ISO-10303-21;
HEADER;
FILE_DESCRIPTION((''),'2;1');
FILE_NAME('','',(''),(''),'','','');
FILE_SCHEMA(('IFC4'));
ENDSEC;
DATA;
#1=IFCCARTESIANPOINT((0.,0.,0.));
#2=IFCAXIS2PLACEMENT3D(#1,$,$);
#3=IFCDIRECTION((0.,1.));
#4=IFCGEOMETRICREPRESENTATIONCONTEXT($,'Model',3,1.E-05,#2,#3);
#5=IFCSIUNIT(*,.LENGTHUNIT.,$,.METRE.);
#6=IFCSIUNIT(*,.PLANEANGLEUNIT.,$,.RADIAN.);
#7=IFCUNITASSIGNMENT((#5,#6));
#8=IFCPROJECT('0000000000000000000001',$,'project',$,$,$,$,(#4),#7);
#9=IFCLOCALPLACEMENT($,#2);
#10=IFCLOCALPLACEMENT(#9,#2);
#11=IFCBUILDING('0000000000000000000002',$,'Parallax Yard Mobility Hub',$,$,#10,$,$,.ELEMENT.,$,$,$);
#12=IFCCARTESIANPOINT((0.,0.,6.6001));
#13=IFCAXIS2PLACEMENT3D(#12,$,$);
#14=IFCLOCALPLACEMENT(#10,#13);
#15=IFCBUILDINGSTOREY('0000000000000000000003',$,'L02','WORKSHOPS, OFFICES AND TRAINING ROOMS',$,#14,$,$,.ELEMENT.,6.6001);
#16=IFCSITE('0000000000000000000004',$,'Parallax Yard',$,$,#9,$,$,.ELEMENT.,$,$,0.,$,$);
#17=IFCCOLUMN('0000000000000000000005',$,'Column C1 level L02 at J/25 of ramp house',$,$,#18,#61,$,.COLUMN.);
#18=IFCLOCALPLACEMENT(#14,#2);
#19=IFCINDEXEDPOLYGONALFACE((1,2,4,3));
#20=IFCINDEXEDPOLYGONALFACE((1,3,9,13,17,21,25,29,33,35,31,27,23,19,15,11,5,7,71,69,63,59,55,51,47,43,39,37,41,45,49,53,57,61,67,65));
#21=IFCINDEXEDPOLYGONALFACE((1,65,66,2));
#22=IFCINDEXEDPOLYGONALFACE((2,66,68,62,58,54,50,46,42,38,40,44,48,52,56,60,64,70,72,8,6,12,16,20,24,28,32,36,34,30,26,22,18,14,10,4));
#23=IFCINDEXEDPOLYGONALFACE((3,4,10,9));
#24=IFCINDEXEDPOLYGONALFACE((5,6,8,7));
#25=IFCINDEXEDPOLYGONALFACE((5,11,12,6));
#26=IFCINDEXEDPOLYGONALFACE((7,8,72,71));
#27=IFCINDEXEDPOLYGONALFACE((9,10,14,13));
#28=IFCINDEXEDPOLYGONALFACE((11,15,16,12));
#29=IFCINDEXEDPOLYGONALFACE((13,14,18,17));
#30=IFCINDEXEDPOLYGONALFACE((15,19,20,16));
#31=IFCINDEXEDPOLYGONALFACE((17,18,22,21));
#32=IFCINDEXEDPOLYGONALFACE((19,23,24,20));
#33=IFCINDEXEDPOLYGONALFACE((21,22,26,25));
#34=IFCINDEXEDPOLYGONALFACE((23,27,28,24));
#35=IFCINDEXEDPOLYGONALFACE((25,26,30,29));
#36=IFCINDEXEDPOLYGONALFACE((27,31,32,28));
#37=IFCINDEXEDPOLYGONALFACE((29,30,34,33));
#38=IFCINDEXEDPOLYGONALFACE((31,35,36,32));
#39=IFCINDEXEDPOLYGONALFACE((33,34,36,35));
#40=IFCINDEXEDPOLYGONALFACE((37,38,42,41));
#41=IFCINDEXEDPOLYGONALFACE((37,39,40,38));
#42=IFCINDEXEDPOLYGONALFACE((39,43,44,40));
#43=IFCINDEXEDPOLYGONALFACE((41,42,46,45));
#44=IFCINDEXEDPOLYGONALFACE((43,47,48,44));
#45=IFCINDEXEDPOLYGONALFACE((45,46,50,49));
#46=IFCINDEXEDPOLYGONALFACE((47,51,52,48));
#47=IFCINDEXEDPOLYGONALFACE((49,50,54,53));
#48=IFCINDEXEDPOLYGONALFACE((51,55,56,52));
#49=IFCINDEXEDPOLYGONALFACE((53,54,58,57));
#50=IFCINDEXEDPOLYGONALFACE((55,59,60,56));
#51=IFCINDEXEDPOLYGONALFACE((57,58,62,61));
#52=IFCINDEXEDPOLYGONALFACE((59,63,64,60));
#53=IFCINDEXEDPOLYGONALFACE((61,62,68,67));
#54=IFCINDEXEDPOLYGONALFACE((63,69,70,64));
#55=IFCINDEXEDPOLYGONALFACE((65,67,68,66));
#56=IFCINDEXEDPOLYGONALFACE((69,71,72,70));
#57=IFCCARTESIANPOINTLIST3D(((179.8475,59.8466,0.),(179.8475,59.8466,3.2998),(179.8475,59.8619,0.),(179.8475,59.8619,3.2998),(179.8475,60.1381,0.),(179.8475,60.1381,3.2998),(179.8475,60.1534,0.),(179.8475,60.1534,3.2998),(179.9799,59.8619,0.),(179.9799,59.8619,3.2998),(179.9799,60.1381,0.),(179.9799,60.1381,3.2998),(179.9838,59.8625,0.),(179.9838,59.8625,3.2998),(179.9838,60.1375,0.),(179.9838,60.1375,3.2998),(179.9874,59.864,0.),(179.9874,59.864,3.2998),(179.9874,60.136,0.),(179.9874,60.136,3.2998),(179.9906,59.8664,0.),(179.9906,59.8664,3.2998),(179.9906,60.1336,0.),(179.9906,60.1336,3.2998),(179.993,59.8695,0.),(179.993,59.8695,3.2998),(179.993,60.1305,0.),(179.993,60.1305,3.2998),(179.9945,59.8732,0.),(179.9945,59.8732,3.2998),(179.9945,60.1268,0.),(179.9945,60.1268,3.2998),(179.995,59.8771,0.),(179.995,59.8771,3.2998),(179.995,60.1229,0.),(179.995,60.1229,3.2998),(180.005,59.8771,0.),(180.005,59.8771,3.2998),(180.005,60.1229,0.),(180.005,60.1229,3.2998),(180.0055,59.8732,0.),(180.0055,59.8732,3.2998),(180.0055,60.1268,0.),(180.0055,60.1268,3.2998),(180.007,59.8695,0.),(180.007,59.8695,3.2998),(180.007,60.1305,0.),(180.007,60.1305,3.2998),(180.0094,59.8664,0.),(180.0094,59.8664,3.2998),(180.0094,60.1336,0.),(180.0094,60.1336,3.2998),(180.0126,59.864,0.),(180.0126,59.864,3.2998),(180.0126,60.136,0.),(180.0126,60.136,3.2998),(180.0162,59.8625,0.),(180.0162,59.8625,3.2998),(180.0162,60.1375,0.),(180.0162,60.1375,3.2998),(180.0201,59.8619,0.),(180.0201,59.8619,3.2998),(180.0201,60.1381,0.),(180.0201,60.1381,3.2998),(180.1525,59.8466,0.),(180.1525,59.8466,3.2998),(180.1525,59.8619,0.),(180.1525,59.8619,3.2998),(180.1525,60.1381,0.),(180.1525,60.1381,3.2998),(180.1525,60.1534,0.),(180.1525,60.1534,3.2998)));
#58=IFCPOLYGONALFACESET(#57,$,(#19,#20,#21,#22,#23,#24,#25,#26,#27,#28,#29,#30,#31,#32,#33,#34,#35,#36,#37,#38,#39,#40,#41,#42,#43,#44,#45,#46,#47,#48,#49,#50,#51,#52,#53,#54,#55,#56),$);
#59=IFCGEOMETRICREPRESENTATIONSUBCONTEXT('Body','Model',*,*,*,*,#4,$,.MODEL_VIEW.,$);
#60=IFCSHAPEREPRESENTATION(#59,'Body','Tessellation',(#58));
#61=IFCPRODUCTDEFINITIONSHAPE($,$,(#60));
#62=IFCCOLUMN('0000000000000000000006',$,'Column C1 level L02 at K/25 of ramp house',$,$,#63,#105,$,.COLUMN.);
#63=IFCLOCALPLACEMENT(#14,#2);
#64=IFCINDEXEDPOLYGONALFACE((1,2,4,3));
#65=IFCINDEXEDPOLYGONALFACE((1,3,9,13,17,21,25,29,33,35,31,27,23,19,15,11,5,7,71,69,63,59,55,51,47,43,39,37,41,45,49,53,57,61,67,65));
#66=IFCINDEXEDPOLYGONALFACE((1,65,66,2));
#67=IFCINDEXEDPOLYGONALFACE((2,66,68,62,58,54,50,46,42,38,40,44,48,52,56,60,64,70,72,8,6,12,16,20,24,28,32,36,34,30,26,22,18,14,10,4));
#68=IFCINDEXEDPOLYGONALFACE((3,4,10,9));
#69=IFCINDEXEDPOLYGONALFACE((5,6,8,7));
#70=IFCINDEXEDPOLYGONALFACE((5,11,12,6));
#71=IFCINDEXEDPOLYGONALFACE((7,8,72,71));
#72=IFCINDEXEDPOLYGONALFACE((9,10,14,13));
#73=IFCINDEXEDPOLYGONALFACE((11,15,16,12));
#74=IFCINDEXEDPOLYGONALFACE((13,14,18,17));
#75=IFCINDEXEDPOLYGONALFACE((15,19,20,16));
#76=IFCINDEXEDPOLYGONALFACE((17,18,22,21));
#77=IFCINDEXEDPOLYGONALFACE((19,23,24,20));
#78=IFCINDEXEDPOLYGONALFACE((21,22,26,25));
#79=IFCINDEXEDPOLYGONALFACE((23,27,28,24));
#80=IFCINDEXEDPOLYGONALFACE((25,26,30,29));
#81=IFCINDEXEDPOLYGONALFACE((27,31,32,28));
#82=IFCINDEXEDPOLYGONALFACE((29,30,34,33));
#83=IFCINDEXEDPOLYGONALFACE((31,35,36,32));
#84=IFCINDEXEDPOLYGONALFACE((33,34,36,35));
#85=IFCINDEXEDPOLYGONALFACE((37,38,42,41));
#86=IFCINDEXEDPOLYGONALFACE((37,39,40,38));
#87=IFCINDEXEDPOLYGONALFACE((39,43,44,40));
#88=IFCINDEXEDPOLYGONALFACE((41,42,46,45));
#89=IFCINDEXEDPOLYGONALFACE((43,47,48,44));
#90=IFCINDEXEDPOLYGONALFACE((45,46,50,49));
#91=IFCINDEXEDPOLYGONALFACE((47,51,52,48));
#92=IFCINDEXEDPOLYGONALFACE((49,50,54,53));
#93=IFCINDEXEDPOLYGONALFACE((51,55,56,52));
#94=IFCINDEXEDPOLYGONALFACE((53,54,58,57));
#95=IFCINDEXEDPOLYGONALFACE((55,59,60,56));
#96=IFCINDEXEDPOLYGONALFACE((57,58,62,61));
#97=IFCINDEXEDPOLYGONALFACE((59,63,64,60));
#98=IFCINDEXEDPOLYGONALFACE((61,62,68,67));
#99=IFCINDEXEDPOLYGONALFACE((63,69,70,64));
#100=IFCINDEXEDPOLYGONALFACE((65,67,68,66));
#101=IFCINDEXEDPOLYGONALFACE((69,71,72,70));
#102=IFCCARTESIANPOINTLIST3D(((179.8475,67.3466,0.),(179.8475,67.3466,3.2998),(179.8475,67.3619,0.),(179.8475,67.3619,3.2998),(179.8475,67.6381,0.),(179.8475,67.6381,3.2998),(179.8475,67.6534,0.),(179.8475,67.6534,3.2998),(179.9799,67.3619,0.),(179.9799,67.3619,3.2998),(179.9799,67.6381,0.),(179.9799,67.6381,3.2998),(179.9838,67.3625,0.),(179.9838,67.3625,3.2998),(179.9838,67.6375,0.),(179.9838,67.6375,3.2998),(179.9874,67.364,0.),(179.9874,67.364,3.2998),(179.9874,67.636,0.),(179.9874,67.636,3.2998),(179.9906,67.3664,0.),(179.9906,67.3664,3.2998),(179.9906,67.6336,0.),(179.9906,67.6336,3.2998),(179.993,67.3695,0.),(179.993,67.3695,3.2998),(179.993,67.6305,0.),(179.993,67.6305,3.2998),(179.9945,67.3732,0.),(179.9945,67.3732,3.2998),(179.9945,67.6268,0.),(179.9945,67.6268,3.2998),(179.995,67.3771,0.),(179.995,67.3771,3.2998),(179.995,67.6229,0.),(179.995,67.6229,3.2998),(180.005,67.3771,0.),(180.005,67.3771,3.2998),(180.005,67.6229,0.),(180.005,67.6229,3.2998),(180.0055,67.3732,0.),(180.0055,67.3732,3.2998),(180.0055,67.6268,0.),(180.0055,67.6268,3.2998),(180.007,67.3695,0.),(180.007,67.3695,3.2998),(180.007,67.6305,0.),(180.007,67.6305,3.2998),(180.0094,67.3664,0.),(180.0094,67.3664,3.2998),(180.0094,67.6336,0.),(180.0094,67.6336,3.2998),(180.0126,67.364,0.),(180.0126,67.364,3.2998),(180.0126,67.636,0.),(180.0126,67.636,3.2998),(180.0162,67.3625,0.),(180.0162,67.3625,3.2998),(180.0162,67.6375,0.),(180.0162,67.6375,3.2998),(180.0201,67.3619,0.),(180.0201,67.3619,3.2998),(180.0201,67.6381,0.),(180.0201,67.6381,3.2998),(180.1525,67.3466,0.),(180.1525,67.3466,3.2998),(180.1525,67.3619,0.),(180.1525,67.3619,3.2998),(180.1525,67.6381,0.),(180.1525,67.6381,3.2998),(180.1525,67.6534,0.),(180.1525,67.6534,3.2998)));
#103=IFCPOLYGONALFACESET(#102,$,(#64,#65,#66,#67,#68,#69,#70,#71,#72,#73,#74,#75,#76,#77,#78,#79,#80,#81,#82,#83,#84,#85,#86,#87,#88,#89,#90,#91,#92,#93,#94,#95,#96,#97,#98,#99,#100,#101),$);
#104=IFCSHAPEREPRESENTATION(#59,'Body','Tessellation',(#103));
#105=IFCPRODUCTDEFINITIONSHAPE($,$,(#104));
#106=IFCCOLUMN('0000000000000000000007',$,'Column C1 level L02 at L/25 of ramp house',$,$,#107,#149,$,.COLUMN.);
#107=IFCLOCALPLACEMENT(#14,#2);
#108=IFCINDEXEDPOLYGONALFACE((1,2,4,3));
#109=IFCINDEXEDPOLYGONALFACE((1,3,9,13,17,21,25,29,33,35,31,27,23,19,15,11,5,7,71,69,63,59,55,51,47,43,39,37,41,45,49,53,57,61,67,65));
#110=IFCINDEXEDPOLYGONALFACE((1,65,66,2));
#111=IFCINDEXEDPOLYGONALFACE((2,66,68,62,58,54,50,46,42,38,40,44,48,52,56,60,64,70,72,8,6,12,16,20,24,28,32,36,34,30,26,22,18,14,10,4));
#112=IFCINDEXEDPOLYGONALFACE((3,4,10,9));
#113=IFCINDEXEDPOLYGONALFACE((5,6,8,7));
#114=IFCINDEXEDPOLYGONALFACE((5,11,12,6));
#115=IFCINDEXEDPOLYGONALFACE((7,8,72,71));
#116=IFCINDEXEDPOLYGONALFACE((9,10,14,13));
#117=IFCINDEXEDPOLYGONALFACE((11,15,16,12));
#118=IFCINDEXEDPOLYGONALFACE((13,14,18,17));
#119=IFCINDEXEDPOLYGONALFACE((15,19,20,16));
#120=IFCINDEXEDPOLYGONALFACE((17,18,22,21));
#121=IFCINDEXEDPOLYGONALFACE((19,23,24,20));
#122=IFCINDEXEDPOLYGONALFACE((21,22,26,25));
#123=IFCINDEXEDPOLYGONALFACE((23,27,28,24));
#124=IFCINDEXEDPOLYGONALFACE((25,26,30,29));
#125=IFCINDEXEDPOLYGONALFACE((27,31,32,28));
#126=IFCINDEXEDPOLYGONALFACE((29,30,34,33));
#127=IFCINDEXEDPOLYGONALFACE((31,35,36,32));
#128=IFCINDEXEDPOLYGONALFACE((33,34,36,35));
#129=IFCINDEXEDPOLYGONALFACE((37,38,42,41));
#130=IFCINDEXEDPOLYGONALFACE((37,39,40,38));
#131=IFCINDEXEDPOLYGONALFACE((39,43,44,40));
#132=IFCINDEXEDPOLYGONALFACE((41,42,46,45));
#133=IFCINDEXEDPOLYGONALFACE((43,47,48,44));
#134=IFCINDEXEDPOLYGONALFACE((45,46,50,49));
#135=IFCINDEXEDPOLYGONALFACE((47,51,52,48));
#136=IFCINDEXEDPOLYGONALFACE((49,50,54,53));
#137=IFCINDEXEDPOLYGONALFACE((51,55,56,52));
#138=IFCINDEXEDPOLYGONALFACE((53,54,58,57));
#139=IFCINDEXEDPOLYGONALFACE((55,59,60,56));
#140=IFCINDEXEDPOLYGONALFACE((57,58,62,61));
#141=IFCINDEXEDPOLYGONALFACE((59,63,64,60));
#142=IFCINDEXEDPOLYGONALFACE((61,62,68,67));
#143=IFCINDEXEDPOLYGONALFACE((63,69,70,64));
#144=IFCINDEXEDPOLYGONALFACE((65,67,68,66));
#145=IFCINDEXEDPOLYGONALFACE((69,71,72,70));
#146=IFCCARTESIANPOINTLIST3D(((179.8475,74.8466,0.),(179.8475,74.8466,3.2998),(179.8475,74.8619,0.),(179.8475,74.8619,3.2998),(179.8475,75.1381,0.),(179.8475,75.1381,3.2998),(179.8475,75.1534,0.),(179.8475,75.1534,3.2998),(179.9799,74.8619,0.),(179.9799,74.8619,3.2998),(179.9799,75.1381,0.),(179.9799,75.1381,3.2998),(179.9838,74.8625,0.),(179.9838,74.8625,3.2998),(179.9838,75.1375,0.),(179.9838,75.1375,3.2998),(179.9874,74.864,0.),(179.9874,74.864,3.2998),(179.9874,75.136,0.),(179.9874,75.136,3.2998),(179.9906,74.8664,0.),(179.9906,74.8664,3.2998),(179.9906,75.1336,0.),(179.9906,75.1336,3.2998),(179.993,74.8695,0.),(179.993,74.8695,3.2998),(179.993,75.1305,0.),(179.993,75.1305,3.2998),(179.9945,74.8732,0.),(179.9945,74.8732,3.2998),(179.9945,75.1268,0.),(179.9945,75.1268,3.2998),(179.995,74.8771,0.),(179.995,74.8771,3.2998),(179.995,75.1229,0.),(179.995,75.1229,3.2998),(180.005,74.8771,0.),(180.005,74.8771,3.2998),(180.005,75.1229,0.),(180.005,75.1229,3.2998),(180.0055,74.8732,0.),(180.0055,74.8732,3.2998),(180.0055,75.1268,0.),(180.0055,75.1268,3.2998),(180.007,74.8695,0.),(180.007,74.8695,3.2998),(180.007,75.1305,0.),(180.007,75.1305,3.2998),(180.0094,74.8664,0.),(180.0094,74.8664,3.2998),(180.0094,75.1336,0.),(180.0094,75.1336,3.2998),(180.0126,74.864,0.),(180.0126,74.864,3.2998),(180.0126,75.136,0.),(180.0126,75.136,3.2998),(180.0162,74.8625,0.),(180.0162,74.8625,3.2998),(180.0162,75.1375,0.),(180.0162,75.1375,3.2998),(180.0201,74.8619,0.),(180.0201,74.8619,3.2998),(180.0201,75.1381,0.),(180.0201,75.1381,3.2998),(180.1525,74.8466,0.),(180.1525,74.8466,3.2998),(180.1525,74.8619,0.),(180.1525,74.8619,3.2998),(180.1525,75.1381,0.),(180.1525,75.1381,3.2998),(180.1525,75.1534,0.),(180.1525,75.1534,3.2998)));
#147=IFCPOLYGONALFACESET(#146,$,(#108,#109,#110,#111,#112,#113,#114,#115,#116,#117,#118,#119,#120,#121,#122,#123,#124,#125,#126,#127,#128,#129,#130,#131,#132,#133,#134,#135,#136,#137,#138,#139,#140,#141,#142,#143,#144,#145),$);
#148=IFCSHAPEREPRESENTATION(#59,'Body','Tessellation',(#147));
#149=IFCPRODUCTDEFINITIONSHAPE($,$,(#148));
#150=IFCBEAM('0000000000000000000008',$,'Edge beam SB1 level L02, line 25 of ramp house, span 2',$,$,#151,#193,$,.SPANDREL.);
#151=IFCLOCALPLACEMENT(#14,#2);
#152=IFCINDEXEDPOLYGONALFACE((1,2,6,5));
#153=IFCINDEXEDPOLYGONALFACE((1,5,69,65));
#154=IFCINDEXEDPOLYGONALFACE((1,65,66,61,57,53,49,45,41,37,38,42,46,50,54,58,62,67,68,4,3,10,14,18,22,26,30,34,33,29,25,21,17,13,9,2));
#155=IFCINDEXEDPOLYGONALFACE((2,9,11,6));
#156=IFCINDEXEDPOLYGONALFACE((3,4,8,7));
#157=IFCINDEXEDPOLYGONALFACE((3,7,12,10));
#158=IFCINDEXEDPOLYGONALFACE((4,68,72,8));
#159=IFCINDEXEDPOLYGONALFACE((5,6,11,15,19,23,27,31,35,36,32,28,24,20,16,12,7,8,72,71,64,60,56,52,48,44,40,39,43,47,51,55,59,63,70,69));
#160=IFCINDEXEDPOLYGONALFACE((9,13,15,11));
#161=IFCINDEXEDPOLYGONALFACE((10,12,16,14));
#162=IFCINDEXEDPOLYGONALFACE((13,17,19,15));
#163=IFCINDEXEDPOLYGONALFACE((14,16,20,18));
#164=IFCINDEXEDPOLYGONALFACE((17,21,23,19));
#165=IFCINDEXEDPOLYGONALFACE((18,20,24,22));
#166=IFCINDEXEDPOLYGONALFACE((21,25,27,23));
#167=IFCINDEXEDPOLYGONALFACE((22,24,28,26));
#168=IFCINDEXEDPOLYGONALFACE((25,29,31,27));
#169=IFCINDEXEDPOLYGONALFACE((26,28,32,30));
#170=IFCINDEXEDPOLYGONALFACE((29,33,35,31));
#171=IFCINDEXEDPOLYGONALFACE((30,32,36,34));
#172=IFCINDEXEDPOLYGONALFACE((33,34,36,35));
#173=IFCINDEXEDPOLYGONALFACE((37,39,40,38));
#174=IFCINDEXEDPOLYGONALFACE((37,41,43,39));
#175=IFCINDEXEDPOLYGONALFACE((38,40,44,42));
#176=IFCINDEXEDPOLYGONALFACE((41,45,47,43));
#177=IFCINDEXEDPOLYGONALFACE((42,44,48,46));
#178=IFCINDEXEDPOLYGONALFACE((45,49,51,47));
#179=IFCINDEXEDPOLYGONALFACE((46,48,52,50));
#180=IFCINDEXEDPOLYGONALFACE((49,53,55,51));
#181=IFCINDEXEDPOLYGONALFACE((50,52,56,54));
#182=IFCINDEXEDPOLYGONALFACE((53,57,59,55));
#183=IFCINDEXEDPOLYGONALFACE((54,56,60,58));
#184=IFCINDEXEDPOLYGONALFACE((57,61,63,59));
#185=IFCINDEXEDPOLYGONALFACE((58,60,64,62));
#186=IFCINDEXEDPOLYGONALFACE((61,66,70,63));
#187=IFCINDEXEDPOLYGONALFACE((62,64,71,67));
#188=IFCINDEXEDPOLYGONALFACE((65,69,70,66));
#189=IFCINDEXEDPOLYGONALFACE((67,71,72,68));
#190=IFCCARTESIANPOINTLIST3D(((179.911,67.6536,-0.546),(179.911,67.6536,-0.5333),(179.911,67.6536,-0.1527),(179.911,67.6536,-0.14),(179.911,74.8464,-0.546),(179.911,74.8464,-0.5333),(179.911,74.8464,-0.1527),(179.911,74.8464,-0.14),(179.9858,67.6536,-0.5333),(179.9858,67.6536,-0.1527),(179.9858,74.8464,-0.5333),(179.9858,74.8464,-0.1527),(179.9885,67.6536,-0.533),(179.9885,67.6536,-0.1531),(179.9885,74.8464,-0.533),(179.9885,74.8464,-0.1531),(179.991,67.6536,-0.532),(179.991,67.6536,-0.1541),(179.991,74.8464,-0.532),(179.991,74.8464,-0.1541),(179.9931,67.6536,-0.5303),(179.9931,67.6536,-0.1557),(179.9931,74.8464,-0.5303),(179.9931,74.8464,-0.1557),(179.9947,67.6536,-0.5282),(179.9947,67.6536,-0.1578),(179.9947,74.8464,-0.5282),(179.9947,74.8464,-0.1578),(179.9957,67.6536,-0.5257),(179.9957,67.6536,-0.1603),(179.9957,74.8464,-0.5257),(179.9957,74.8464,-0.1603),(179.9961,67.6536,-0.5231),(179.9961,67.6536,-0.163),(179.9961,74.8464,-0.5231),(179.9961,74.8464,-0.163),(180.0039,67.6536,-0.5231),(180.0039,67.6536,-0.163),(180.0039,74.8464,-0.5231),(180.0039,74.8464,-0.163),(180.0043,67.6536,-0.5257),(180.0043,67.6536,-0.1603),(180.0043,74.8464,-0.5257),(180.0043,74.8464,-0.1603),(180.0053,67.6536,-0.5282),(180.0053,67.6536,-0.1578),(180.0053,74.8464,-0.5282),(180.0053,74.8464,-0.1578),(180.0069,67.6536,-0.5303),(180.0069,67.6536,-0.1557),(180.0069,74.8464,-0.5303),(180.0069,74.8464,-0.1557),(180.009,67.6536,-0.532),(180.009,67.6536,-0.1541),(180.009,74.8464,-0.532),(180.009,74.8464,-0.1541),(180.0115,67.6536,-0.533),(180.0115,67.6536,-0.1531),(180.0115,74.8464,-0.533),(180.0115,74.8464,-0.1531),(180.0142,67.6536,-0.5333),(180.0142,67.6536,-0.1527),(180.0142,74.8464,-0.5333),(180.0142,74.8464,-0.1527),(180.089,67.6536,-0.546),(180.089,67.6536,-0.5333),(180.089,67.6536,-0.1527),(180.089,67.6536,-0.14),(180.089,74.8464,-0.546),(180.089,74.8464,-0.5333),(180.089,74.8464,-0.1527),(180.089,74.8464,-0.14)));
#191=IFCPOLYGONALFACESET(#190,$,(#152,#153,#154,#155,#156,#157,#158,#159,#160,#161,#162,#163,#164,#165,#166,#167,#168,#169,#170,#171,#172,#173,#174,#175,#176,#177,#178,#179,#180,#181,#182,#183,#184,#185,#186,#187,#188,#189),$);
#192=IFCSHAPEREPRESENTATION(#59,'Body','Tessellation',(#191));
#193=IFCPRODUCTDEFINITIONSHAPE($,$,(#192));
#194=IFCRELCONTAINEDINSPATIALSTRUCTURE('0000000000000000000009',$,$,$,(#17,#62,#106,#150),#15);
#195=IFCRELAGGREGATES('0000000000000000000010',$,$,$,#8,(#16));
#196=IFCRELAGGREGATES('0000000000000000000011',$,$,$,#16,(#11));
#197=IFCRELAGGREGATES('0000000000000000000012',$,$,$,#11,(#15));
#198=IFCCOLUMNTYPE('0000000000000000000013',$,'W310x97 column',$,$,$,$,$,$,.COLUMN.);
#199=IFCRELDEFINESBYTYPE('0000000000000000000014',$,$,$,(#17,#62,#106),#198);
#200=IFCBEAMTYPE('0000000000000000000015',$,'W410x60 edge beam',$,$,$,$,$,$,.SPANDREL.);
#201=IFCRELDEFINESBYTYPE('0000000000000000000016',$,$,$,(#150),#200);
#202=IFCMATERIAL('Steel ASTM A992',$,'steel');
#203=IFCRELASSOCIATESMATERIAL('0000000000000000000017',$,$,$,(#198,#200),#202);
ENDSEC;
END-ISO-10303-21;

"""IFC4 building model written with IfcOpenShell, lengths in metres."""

from ifc_helpers import new_model, si_unit, direction, frame, origin, origin_2d, place, context, subcontext, project, spatial, i_section, extrude, material, material_profile, profile_set, type_object, element, save


model = new_model("IFC4")

# Units and contexts
model_context = context("Model", 3, precision=1e-05, world=origin(), true_north=direction((0.0, 1.0)))
body_context = subcontext(model_context, "Body", "Model", "MODEL_VIEW")
ifc_project = project(units=[si_unit("LENGTHUNIT", "METRE"), si_unit("PLANEANGLEUNIT", "RADIAN")], contexts=[model_context])

# Site, building, storey
site_placement = place(None, origin())
site = spatial("IfcSite", under=ifc_project, at=site_placement, Name="Parallax Yard", CompositionType="ELEMENT", RefElevation=0.0)
building_placement = place(site_placement, origin())
building = spatial("IfcBuilding", under=site, at=building_placement, Name="Parallax Yard Mobility Hub", CompositionType="ELEMENT")
storey_placement = place(building_placement, frame((0.0, 0.0, 6.6001)))
storey = spatial("IfcBuildingStorey", under=building, at=storey_placement, Name="L02", Description="WORKSHOPS, OFFICES AND TRAINING ROOMS", CompositionType="ELEMENT", Elevation=6.6001)

# Columns
ifc_material_1 = material(Name="Steel ASTM A992", Category="steel")
ifc_material_profile_1 = material_profile(ifc_material_1, i_section(OverallWidth=0.3049, OverallDepth=0.3069, WebThickness=0.01, FlangeThickness=0.0154, FilletRadius=0.0151, at=origin_2d()), Name="W310x97")
ifc_profile_set_1 = profile_set([ifc_material_profile_1], Name="Steel ASTM A992")
column_type = type_object("IfcColumnType", Name="W310x97 column", PredefinedType="COLUMN", material=ifc_profile_set_1)
for number, where, z_axis, x_axis, name in (
    (1, (180.0, 60.0, 0.0), (0.0, 0.0, 1.0), (1.0, 0.0, 0.0), "Column C1 level L02 at J/25 of ramp house"),
    (2, (180.0, 67.5, 0.0), (0.0, 0.0, 1.0), (1.0, 0.0, 0.0), "Column C1 level L02 at K/25 of ramp house"),
    (3, (180.0, 75.0, 0.0), (0.0, 0.0, 1.0), (1.0, 0.0, 0.0), "Column C1 level L02 at L/25 of ramp house"),
):
    element("IfcColumn", number, at=place(storey_placement, frame(where, z_axis=z_axis, x_axis=x_axis)), inside=storey, type_object=column_type, Name=name, PredefinedType="COLUMN", context=body_context, shape_type="SweptSolid", body=[
        extrude(i_section(OverallWidth=0.3049, OverallDepth=0.3069, WebThickness=0.01, FlangeThickness=0.0154, FilletRadius=0.0151, at=origin_2d()), origin(), (0.0, 0.0, 1.0), 3.2998),
    ])

# Beam
ifc_material_profile_2 = material_profile(ifc_material_1, i_section(OverallWidth=0.178, OverallDepth=0.406, WebThickness=0.0078, FlangeThickness=0.0127, FilletRadius=0.0103, at=origin_2d()), Name="W410x60")
ifc_profile_set_2 = profile_set([ifc_material_profile_2], Name="Steel ASTM A992")
beam_type_1 = type_object("IfcBeamType", Name="W410x60 edge beam", PredefinedType="SPANDREL", material=ifc_profile_set_2)
beam_1_placement = place(storey_placement, frame((180.0, 67.6536, -0.343), z_axis=(0.0, 1.0, 0.0), x_axis=(-1.0, 0.0, 0.0)))
element("IfcBeam", 4, at=beam_1_placement, inside=storey, type_object=beam_type_1, Name="Edge beam SB1 level L02, line 25 of ramp house, span 2", PredefinedType="SPANDREL", context=body_context, shape_type="SweptSolid", body=[
    extrude(i_section(OverallWidth=0.178, OverallDepth=0.406, WebThickness=0.0078, FlangeThickness=0.0127, FilletRadius=0.0103, at=origin_2d()), origin(), (0.0, 0.0, 1.0), 7.1929),
])

save(model, "model.ifc")
